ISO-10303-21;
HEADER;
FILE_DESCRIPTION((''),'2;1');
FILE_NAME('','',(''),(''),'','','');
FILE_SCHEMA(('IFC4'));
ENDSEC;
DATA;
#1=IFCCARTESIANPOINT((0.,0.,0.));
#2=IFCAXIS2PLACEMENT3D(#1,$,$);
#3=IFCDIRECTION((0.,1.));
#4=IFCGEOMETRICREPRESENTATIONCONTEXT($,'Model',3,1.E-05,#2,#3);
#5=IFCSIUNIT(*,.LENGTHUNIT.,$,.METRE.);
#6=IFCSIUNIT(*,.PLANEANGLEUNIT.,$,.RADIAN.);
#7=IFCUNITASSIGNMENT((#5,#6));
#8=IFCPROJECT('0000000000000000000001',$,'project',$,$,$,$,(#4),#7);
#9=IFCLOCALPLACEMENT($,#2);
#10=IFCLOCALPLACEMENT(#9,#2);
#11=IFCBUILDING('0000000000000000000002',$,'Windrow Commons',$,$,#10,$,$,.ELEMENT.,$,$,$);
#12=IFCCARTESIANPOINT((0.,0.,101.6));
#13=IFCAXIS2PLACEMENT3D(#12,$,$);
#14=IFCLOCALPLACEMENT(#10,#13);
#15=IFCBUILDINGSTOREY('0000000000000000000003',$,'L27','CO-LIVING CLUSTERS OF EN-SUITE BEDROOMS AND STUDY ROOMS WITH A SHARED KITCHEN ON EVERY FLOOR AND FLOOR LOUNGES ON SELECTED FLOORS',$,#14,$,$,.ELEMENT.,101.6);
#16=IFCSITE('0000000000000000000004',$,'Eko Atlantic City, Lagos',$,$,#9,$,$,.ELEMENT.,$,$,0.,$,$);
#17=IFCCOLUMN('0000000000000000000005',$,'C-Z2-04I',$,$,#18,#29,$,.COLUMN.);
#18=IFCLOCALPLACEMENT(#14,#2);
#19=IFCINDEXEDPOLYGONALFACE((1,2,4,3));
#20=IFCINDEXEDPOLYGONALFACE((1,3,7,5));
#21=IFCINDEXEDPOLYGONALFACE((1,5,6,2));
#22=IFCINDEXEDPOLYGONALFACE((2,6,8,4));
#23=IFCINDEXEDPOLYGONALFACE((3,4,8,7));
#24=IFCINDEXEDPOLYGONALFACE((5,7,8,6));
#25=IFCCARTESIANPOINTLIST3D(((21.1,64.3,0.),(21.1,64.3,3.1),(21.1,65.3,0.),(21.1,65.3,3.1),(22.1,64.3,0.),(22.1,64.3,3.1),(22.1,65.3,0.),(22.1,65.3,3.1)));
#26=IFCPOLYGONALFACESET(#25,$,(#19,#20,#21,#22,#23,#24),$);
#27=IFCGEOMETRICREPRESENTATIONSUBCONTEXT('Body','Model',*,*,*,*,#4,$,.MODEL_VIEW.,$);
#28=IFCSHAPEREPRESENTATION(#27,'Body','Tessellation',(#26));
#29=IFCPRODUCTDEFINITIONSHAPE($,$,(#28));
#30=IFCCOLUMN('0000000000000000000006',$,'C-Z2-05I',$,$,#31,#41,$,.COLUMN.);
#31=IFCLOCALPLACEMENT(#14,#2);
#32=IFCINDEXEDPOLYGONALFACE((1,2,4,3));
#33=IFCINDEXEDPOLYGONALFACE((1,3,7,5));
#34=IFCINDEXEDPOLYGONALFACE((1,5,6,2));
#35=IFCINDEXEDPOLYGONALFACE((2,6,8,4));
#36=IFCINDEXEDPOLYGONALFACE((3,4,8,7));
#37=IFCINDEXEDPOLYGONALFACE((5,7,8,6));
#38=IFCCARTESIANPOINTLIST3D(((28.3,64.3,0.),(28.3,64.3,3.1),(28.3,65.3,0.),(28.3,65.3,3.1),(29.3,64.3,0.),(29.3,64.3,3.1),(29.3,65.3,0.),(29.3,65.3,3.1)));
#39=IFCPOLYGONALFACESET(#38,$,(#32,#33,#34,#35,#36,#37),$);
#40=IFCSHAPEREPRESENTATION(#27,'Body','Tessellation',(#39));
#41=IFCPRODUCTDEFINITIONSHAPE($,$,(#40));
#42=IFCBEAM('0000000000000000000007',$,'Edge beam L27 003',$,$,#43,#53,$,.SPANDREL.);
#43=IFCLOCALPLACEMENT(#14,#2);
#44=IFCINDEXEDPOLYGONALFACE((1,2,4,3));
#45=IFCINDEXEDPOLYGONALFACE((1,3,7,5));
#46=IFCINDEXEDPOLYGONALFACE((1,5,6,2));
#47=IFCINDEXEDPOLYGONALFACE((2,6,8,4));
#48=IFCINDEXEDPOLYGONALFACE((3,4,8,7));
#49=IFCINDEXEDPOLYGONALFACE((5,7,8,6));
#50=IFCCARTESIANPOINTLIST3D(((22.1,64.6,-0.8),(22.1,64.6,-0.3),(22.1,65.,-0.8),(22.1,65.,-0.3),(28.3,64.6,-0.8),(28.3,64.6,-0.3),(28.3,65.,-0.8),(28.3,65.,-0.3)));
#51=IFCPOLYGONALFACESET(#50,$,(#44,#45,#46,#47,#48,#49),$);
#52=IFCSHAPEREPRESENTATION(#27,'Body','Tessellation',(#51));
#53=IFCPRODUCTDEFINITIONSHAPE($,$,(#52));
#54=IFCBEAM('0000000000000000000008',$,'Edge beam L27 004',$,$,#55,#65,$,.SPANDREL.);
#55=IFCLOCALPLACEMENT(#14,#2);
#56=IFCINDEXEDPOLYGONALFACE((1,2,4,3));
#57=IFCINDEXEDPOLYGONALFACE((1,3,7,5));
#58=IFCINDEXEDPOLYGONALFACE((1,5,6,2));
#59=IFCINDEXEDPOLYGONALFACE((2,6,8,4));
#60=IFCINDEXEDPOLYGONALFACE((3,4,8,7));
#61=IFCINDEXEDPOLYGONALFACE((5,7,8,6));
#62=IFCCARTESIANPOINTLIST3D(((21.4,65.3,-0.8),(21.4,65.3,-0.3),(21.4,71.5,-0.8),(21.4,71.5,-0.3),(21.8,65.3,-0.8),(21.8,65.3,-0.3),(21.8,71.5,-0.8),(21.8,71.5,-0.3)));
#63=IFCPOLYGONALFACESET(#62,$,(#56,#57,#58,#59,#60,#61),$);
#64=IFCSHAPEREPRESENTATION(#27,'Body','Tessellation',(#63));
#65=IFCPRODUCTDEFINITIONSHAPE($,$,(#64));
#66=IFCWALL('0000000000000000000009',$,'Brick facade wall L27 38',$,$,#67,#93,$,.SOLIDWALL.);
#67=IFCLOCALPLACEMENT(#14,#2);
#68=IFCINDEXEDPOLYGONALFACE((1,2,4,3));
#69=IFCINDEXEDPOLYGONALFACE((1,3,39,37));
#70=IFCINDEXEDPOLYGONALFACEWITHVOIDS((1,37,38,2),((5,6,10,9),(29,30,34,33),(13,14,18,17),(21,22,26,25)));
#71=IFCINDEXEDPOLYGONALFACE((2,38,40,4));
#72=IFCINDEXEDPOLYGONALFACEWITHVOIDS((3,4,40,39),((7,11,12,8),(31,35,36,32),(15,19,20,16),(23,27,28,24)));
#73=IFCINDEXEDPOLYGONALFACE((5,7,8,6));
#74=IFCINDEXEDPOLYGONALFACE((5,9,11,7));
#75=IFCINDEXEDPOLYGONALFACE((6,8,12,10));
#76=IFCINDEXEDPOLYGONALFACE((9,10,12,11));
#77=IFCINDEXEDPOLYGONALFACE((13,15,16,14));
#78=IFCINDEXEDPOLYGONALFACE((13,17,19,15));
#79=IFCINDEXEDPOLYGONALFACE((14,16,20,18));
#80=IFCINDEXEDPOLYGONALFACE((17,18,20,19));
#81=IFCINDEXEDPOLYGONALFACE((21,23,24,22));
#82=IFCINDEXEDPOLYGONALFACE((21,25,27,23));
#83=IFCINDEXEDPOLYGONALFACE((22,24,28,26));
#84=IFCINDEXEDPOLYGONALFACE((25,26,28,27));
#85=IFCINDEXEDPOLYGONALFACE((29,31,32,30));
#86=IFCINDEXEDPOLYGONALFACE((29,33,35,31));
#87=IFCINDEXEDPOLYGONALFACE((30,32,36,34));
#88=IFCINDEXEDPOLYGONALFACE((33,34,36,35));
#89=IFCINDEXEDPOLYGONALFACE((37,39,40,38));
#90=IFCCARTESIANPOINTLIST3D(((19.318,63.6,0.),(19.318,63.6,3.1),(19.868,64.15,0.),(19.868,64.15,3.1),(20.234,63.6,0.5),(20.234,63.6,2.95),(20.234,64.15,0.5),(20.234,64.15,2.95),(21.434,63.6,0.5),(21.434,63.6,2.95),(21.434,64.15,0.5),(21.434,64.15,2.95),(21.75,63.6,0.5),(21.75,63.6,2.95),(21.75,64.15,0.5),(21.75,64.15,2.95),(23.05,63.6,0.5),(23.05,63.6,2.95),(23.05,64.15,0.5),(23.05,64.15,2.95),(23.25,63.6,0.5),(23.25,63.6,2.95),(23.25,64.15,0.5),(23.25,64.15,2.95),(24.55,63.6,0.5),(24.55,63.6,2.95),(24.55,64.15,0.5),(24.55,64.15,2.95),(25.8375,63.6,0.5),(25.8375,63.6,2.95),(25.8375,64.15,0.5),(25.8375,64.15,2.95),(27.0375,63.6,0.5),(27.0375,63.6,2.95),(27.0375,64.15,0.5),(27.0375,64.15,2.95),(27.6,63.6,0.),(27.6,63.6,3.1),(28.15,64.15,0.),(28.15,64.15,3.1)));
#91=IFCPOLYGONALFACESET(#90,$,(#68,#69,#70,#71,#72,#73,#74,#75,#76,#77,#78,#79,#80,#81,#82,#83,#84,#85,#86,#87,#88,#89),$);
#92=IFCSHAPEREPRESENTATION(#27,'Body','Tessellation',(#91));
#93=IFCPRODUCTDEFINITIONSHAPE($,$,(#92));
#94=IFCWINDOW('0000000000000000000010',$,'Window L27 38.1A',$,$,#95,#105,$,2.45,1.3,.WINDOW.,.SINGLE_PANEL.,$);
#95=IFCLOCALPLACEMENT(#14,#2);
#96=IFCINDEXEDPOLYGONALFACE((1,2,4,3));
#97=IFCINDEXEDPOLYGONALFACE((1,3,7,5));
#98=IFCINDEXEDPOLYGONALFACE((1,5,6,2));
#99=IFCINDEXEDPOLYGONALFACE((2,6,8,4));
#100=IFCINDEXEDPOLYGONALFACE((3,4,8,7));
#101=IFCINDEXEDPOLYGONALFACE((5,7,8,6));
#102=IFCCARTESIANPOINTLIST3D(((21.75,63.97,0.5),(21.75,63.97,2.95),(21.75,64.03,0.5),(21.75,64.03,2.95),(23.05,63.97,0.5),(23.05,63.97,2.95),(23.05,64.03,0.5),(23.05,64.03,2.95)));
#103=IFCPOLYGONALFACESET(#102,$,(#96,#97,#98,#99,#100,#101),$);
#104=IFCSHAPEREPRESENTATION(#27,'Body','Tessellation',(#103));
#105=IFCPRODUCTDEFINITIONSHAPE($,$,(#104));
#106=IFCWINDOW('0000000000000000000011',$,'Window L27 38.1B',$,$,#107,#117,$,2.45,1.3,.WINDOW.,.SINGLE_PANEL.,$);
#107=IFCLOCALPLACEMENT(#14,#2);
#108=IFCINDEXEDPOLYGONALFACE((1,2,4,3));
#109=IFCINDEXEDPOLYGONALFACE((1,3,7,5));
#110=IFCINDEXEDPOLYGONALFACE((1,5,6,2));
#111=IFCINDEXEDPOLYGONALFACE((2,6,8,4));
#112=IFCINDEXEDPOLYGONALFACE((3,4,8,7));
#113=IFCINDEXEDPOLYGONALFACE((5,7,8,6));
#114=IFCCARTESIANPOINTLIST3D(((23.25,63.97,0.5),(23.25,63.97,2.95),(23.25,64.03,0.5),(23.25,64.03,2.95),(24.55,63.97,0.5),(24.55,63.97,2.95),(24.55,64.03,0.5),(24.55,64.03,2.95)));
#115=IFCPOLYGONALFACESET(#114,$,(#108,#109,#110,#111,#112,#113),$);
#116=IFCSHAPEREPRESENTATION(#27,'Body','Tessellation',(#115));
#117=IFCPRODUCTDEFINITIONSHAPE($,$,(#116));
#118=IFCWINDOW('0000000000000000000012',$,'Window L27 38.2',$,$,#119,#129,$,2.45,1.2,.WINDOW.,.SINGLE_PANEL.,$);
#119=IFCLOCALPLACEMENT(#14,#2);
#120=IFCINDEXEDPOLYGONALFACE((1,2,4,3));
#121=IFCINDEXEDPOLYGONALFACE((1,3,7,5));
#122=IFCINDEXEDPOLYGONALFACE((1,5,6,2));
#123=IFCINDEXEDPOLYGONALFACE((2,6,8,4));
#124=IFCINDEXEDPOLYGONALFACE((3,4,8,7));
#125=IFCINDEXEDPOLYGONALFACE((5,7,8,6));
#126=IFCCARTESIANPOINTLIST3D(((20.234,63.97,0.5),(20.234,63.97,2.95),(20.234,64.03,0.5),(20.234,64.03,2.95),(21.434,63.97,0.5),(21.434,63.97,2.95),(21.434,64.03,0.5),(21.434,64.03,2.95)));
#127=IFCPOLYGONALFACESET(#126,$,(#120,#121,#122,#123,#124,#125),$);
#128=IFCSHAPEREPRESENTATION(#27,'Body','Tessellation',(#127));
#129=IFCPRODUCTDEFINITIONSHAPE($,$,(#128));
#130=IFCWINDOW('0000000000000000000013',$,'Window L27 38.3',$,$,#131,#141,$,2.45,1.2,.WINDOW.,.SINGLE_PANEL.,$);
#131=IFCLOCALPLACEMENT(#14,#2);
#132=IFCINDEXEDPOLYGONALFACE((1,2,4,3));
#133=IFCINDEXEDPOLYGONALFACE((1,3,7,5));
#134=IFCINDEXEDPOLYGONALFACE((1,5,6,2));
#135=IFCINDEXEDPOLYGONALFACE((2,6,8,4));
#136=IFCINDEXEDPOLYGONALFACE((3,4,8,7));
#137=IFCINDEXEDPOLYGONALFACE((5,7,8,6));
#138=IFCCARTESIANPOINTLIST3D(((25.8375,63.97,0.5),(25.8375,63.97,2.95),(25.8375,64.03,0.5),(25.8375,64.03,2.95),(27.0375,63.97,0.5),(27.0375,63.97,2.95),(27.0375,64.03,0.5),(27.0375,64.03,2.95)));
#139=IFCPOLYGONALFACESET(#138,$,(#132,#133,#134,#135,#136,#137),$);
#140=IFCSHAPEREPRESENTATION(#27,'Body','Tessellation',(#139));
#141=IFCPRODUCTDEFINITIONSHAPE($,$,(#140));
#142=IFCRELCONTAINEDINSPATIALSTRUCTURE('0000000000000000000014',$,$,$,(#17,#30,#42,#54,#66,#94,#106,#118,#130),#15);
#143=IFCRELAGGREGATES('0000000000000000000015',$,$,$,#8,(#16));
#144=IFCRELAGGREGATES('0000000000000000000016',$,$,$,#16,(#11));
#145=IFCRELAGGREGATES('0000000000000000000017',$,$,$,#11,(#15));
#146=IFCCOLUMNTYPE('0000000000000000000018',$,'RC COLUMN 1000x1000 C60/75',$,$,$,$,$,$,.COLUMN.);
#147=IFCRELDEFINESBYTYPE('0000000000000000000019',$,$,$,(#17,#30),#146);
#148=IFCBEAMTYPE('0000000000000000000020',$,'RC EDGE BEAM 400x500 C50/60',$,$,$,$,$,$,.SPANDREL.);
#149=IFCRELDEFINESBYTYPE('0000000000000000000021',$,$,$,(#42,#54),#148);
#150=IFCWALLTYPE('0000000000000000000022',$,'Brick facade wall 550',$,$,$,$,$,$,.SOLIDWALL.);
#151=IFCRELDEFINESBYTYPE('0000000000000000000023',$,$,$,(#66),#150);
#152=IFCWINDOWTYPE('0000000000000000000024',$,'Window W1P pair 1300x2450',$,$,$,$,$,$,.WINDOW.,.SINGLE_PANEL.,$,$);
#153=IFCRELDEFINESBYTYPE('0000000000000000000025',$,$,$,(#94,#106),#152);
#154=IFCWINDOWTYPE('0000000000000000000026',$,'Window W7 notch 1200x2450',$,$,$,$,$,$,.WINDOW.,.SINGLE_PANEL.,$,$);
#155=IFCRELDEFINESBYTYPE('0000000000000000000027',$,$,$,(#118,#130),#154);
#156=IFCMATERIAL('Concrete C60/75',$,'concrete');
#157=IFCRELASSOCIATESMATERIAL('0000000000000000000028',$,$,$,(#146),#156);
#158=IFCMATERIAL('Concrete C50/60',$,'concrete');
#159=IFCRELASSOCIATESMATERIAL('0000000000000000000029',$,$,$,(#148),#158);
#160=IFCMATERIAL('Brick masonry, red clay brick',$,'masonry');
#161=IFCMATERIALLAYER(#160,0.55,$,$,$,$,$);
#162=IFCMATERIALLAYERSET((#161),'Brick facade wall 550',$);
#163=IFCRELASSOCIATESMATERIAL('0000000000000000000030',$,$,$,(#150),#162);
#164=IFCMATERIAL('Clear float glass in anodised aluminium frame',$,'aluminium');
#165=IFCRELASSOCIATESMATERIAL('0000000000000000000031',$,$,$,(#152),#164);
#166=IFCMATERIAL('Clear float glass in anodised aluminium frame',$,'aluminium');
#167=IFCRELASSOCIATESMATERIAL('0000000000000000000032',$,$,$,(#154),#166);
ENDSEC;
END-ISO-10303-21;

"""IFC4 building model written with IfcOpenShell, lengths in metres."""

from ifc_helpers import new_model, si_unit, direction, frame, frame_2d, origin, origin_2d, place, context, subcontext, project, spatial, polyline, rectangle, outline, extrude, material, layer, layer_set, material_profile, profile_set, type_object, element, fill, save


model = new_model("IFC4")

# Units and contexts
model_context = context("Model", 3, precision=1e-05, world=origin(), true_north=direction((0.0, 1.0)))
body_context = subcontext(model_context, "Body", "Model", "MODEL_VIEW")
ifc_project = project(units=[si_unit("LENGTHUNIT", "METRE"), si_unit("PLANEANGLEUNIT", "RADIAN")], contexts=[model_context])

# Site, building, storey
site_placement = place(None, origin())
site = spatial("IfcSite", under=ifc_project, at=site_placement, Name="Eko Atlantic City, Lagos", CompositionType="ELEMENT", RefElevation=0.0)
building_placement = place(site_placement, origin())
building = spatial("IfcBuilding", under=site, at=building_placement, Name="Windrow Commons", CompositionType="ELEMENT")
storey_placement = place(building_placement, frame((0.0, 0.0, 101.6)))
storey = spatial("IfcBuildingStorey", under=building, at=storey_placement, Name="L27", Description="CO-LIVING CLUSTERS OF EN-SUITE BEDROOMS AND STUDY ROOMS WITH A SHARED KITCHEN ON EVERY FLOOR AND FLOOR LOUNGES ON SELECTED FLOORS", CompositionType="ELEMENT", Elevation=101.6)

# Columns
ifc_material_1 = material(Name="Concrete C60/75", Category="concrete")
ifc_material_profile_1 = material_profile(ifc_material_1, rectangle(XDim=1.0, YDim=1.0, at=origin_2d()))
ifc_profile_set_1 = profile_set([ifc_material_profile_1], Name="Concrete C60/75")
column_type = type_object("IfcColumnType", Name="RC COLUMN 1000x1000 C60/75", PredefinedType="COLUMN", material=ifc_profile_set_1)
for number, where, z_axis, x_axis, name in (
    (1, (21.6, 64.8, 0.0), (0.0, 0.0, 1.0), (1.0, 0.0, 0.0), "C-Z2-04I"),
    (2, (28.8, 64.8, 0.0), (0.0, 0.0, 1.0), (1.0, 0.0, 0.0), "C-Z2-05I"),
):
    element("IfcColumn", number, at=place(storey_placement, frame(where, z_axis=z_axis, x_axis=x_axis)), inside=storey, type_object=column_type, Name=name, PredefinedType="COLUMN", context=body_context, shape_type="SweptSolid", body=[
        extrude(rectangle(XDim=1.0, YDim=1.0, at=origin_2d()), origin(), (0.0, 0.0, 1.0), 3.1),
    ])

# Beams
ifc_material_2 = material(Name="Concrete C50/60", Category="concrete")
ifc_material_profile_2 = material_profile(ifc_material_2, rectangle(XDim=0.4, YDim=0.5, at=origin_2d()))
ifc_profile_set_2 = profile_set([ifc_material_profile_2], Name="Concrete C50/60")
beam_type = type_object("IfcBeamType", Name="RC EDGE BEAM 400x500 C50/60", PredefinedType="SPANDREL", material=ifc_profile_set_2)
for number, where, z_axis, x_axis, name in (
    (3, (28.3, 64.8, -0.55), (-1.0, 0.0, 0.0), (0.0, -1.0, 0.0), "Edge beam L27 003"),
    (4, (21.6, 65.3, -0.55), (0.0, 1.0, 0.0), (-1.0, 0.0, 0.0), "Edge beam L27 004"),
):
    element("IfcBeam", number, at=place(storey_placement, frame(where, z_axis=z_axis, x_axis=x_axis)), inside=storey, type_object=beam_type, Name=name, PredefinedType="SPANDREL", context=body_context, shape_type="SweptSolid", body=[
        extrude(rectangle(XDim=0.4, YDim=0.5, at=origin_2d()), origin(), (0.0, 0.0, 1.0), 6.2),
    ])

# Wall, openings, windows
ifc_material_3 = material(Name="Brick masonry, red clay brick", Category="masonry")
ifc_layer_1 = layer(ifc_material_3, 0.55)
ifc_layer_set_1 = layer_set([ifc_layer_1], Name="Brick facade wall 550")
wall_type_1 = type_object("IfcWallType", Name="Brick facade wall 550", PredefinedType="SOLIDWALL", material=ifc_layer_set_1)
wall_1_placement = place(storey_placement, frame((19.593, 63.875, 0.0), z_axis=(0.0, 0.0, 1.0), x_axis=(1.0, 0.0, 0.0)))
wall_1 = element("IfcWall", 5, at=wall_1_placement, inside=storey, type_object=wall_type_1, Name="Brick facade wall L27 38", PredefinedType="SOLIDWALL", context=body_context, shape_type="SweptSolid", body=[
    extrude(outline(polyline([(-0.275, -0.275), (8.007, -0.275), (8.557, 0.275), (0.275, 0.275), (-0.275, -0.275)])), origin(), (0.0, 0.0, 1.0), 3.1),
])
opening_1_placement = place(wall_1_placement, frame((2.157, 0.0, 0.5)))
opening_1 = element("IfcOpeningElement", 6, at=opening_1_placement, cuts=wall_1, PredefinedType="OPENING", context=body_context, shape_type="SweptSolid", body=[
    extrude(rectangle(XDim=1.3, YDim=2.45, at=frame_2d((0.65, 1.225))), frame((0.0, 0.285, 0.0), z_axis=(0.0, -1.0, 0.0), x_axis=(1.0, 0.0, 0.0)), (0.0, 0.0, 1.0), 0.57),
])
opening_2_placement = place(wall_1_placement, frame((3.657, 0.0, 0.5)))
opening_2 = element("IfcOpeningElement", 7, at=opening_2_placement, cuts=wall_1, PredefinedType="OPENING", context=body_context, shape_type="SweptSolid", body=[
    extrude(rectangle(XDim=1.3, YDim=2.45, at=frame_2d((0.65, 1.225))), frame((0.0, 0.285, 0.0), z_axis=(0.0, -1.0, 0.0), x_axis=(1.0, 0.0, 0.0)), (0.0, 0.0, 1.0), 0.57),
])
opening_3_placement = place(wall_1_placement, frame((0.641, 0.0, 0.5)))
opening_3 = element("IfcOpeningElement", 8, at=opening_3_placement, cuts=wall_1, PredefinedType="OPENING", context=body_context, shape_type="SweptSolid", body=[
    extrude(rectangle(XDim=1.2, YDim=2.45, at=frame_2d((0.6, 1.225))), frame((0.0, 0.285, 0.0), z_axis=(0.0, -1.0, 0.0), x_axis=(1.0, 0.0, 0.0)), (0.0, 0.0, 1.0), 0.57),
])
opening_4_placement = place(wall_1_placement, frame((6.2445, 0.0, 0.5)))
opening_4 = element("IfcOpeningElement", 9, at=opening_4_placement, cuts=wall_1, PredefinedType="OPENING", context=body_context, shape_type="SweptSolid", body=[
    extrude(rectangle(XDim=1.2, YDim=2.45, at=frame_2d((0.6, 1.225))), frame((0.0, 0.285, 0.0), z_axis=(0.0, -1.0, 0.0), x_axis=(1.0, 0.0, 0.0)), (0.0, 0.0, 1.0), 0.57),
])
ifc_material_4 = material(Name="Clear float glass in anodised aluminium frame", Category="aluminium")
window_type_1 = type_object("IfcWindowType", Name="Window W1P pair 1300x2450", PartitioningType="SINGLE_PANEL", PredefinedType="WINDOW", material=ifc_material_4)
window_1_placement = place(opening_1_placement, origin())
window_1 = element("IfcWindow", 10, at=window_1_placement, inside=storey, type_object=window_type_1, Name="Window L27 38.1A", OverallHeight=2.45, OverallWidth=1.3, PartitioningType="SINGLE_PANEL", PredefinedType="WINDOW", context=body_context, shape_type="SweptSolid", body=[
    extrude(rectangle(XDim=1.3, YDim=2.45, at=frame_2d((0.65, 1.225))), frame((0.0, 0.155, 0.0), z_axis=(0.0, -1.0, 0.0), x_axis=(1.0, 0.0, 0.0)), (0.0, 0.0, 1.0), 0.06),
])
fill(opening_1, window_1)
window_2_placement = place(opening_2_placement, origin())
window_2 = element("IfcWindow", 11, at=window_2_placement, inside=storey, type_object=window_type_1, Name="Window L27 38.1B", OverallHeight=2.45, OverallWidth=1.3, PartitioningType="SINGLE_PANEL", PredefinedType="WINDOW", context=body_context, shape_type="SweptSolid", body=[
    extrude(rectangle(XDim=1.3, YDim=2.45, at=frame_2d((0.65, 1.225))), frame((0.0, 0.155, 0.0), z_axis=(0.0, -1.0, 0.0), x_axis=(1.0, 0.0, 0.0)), (0.0, 0.0, 1.0), 0.06),
])
fill(opening_2, window_2)
ifc_material_5 = material(Name="Clear float glass in anodised aluminium frame", Category="aluminium")
window_type_2 = type_object("IfcWindowType", Name="Window W7 notch 1200x2450", PartitioningType="SINGLE_PANEL", PredefinedType="WINDOW", material=ifc_material_5)
window_3_placement = place(opening_3_placement, origin())
window_3 = element("IfcWindow", 12, at=window_3_placement, inside=storey, type_object=window_type_2, Name="Window L27 38.2", OverallHeight=2.45, OverallWidth=1.2, PartitioningType="SINGLE_PANEL", PredefinedType="WINDOW", context=body_context, shape_type="SweptSolid", body=[
    extrude(rectangle(XDim=1.2, YDim=2.45, at=frame_2d((0.6, 1.225))), frame((0.0, 0.155, 0.0), z_axis=(0.0, -1.0, 0.0), x_axis=(1.0, 0.0, 0.0)), (0.0, 0.0, 1.0), 0.06),
])
fill(opening_3, window_3)
window_4_placement = place(opening_4_placement, origin())
window_4 = element("IfcWindow", 13, at=window_4_placement, inside=storey, type_object=window_type_2, Name="Window L27 38.3", OverallHeight=2.45, OverallWidth=1.2, PartitioningType="SINGLE_PANEL", PredefinedType="WINDOW", context=body_context, shape_type="SweptSolid", body=[
    extrude(rectangle(XDim=1.2, YDim=2.45, at=frame_2d((0.6, 1.225))), frame((0.0, 0.155, 0.0), z_axis=(0.0, -1.0, 0.0), x_axis=(1.0, 0.0, 0.0)), (0.0, 0.0, 1.0), 0.06),
])
fill(opening_4, window_4)

save(model, "model.ifc")
